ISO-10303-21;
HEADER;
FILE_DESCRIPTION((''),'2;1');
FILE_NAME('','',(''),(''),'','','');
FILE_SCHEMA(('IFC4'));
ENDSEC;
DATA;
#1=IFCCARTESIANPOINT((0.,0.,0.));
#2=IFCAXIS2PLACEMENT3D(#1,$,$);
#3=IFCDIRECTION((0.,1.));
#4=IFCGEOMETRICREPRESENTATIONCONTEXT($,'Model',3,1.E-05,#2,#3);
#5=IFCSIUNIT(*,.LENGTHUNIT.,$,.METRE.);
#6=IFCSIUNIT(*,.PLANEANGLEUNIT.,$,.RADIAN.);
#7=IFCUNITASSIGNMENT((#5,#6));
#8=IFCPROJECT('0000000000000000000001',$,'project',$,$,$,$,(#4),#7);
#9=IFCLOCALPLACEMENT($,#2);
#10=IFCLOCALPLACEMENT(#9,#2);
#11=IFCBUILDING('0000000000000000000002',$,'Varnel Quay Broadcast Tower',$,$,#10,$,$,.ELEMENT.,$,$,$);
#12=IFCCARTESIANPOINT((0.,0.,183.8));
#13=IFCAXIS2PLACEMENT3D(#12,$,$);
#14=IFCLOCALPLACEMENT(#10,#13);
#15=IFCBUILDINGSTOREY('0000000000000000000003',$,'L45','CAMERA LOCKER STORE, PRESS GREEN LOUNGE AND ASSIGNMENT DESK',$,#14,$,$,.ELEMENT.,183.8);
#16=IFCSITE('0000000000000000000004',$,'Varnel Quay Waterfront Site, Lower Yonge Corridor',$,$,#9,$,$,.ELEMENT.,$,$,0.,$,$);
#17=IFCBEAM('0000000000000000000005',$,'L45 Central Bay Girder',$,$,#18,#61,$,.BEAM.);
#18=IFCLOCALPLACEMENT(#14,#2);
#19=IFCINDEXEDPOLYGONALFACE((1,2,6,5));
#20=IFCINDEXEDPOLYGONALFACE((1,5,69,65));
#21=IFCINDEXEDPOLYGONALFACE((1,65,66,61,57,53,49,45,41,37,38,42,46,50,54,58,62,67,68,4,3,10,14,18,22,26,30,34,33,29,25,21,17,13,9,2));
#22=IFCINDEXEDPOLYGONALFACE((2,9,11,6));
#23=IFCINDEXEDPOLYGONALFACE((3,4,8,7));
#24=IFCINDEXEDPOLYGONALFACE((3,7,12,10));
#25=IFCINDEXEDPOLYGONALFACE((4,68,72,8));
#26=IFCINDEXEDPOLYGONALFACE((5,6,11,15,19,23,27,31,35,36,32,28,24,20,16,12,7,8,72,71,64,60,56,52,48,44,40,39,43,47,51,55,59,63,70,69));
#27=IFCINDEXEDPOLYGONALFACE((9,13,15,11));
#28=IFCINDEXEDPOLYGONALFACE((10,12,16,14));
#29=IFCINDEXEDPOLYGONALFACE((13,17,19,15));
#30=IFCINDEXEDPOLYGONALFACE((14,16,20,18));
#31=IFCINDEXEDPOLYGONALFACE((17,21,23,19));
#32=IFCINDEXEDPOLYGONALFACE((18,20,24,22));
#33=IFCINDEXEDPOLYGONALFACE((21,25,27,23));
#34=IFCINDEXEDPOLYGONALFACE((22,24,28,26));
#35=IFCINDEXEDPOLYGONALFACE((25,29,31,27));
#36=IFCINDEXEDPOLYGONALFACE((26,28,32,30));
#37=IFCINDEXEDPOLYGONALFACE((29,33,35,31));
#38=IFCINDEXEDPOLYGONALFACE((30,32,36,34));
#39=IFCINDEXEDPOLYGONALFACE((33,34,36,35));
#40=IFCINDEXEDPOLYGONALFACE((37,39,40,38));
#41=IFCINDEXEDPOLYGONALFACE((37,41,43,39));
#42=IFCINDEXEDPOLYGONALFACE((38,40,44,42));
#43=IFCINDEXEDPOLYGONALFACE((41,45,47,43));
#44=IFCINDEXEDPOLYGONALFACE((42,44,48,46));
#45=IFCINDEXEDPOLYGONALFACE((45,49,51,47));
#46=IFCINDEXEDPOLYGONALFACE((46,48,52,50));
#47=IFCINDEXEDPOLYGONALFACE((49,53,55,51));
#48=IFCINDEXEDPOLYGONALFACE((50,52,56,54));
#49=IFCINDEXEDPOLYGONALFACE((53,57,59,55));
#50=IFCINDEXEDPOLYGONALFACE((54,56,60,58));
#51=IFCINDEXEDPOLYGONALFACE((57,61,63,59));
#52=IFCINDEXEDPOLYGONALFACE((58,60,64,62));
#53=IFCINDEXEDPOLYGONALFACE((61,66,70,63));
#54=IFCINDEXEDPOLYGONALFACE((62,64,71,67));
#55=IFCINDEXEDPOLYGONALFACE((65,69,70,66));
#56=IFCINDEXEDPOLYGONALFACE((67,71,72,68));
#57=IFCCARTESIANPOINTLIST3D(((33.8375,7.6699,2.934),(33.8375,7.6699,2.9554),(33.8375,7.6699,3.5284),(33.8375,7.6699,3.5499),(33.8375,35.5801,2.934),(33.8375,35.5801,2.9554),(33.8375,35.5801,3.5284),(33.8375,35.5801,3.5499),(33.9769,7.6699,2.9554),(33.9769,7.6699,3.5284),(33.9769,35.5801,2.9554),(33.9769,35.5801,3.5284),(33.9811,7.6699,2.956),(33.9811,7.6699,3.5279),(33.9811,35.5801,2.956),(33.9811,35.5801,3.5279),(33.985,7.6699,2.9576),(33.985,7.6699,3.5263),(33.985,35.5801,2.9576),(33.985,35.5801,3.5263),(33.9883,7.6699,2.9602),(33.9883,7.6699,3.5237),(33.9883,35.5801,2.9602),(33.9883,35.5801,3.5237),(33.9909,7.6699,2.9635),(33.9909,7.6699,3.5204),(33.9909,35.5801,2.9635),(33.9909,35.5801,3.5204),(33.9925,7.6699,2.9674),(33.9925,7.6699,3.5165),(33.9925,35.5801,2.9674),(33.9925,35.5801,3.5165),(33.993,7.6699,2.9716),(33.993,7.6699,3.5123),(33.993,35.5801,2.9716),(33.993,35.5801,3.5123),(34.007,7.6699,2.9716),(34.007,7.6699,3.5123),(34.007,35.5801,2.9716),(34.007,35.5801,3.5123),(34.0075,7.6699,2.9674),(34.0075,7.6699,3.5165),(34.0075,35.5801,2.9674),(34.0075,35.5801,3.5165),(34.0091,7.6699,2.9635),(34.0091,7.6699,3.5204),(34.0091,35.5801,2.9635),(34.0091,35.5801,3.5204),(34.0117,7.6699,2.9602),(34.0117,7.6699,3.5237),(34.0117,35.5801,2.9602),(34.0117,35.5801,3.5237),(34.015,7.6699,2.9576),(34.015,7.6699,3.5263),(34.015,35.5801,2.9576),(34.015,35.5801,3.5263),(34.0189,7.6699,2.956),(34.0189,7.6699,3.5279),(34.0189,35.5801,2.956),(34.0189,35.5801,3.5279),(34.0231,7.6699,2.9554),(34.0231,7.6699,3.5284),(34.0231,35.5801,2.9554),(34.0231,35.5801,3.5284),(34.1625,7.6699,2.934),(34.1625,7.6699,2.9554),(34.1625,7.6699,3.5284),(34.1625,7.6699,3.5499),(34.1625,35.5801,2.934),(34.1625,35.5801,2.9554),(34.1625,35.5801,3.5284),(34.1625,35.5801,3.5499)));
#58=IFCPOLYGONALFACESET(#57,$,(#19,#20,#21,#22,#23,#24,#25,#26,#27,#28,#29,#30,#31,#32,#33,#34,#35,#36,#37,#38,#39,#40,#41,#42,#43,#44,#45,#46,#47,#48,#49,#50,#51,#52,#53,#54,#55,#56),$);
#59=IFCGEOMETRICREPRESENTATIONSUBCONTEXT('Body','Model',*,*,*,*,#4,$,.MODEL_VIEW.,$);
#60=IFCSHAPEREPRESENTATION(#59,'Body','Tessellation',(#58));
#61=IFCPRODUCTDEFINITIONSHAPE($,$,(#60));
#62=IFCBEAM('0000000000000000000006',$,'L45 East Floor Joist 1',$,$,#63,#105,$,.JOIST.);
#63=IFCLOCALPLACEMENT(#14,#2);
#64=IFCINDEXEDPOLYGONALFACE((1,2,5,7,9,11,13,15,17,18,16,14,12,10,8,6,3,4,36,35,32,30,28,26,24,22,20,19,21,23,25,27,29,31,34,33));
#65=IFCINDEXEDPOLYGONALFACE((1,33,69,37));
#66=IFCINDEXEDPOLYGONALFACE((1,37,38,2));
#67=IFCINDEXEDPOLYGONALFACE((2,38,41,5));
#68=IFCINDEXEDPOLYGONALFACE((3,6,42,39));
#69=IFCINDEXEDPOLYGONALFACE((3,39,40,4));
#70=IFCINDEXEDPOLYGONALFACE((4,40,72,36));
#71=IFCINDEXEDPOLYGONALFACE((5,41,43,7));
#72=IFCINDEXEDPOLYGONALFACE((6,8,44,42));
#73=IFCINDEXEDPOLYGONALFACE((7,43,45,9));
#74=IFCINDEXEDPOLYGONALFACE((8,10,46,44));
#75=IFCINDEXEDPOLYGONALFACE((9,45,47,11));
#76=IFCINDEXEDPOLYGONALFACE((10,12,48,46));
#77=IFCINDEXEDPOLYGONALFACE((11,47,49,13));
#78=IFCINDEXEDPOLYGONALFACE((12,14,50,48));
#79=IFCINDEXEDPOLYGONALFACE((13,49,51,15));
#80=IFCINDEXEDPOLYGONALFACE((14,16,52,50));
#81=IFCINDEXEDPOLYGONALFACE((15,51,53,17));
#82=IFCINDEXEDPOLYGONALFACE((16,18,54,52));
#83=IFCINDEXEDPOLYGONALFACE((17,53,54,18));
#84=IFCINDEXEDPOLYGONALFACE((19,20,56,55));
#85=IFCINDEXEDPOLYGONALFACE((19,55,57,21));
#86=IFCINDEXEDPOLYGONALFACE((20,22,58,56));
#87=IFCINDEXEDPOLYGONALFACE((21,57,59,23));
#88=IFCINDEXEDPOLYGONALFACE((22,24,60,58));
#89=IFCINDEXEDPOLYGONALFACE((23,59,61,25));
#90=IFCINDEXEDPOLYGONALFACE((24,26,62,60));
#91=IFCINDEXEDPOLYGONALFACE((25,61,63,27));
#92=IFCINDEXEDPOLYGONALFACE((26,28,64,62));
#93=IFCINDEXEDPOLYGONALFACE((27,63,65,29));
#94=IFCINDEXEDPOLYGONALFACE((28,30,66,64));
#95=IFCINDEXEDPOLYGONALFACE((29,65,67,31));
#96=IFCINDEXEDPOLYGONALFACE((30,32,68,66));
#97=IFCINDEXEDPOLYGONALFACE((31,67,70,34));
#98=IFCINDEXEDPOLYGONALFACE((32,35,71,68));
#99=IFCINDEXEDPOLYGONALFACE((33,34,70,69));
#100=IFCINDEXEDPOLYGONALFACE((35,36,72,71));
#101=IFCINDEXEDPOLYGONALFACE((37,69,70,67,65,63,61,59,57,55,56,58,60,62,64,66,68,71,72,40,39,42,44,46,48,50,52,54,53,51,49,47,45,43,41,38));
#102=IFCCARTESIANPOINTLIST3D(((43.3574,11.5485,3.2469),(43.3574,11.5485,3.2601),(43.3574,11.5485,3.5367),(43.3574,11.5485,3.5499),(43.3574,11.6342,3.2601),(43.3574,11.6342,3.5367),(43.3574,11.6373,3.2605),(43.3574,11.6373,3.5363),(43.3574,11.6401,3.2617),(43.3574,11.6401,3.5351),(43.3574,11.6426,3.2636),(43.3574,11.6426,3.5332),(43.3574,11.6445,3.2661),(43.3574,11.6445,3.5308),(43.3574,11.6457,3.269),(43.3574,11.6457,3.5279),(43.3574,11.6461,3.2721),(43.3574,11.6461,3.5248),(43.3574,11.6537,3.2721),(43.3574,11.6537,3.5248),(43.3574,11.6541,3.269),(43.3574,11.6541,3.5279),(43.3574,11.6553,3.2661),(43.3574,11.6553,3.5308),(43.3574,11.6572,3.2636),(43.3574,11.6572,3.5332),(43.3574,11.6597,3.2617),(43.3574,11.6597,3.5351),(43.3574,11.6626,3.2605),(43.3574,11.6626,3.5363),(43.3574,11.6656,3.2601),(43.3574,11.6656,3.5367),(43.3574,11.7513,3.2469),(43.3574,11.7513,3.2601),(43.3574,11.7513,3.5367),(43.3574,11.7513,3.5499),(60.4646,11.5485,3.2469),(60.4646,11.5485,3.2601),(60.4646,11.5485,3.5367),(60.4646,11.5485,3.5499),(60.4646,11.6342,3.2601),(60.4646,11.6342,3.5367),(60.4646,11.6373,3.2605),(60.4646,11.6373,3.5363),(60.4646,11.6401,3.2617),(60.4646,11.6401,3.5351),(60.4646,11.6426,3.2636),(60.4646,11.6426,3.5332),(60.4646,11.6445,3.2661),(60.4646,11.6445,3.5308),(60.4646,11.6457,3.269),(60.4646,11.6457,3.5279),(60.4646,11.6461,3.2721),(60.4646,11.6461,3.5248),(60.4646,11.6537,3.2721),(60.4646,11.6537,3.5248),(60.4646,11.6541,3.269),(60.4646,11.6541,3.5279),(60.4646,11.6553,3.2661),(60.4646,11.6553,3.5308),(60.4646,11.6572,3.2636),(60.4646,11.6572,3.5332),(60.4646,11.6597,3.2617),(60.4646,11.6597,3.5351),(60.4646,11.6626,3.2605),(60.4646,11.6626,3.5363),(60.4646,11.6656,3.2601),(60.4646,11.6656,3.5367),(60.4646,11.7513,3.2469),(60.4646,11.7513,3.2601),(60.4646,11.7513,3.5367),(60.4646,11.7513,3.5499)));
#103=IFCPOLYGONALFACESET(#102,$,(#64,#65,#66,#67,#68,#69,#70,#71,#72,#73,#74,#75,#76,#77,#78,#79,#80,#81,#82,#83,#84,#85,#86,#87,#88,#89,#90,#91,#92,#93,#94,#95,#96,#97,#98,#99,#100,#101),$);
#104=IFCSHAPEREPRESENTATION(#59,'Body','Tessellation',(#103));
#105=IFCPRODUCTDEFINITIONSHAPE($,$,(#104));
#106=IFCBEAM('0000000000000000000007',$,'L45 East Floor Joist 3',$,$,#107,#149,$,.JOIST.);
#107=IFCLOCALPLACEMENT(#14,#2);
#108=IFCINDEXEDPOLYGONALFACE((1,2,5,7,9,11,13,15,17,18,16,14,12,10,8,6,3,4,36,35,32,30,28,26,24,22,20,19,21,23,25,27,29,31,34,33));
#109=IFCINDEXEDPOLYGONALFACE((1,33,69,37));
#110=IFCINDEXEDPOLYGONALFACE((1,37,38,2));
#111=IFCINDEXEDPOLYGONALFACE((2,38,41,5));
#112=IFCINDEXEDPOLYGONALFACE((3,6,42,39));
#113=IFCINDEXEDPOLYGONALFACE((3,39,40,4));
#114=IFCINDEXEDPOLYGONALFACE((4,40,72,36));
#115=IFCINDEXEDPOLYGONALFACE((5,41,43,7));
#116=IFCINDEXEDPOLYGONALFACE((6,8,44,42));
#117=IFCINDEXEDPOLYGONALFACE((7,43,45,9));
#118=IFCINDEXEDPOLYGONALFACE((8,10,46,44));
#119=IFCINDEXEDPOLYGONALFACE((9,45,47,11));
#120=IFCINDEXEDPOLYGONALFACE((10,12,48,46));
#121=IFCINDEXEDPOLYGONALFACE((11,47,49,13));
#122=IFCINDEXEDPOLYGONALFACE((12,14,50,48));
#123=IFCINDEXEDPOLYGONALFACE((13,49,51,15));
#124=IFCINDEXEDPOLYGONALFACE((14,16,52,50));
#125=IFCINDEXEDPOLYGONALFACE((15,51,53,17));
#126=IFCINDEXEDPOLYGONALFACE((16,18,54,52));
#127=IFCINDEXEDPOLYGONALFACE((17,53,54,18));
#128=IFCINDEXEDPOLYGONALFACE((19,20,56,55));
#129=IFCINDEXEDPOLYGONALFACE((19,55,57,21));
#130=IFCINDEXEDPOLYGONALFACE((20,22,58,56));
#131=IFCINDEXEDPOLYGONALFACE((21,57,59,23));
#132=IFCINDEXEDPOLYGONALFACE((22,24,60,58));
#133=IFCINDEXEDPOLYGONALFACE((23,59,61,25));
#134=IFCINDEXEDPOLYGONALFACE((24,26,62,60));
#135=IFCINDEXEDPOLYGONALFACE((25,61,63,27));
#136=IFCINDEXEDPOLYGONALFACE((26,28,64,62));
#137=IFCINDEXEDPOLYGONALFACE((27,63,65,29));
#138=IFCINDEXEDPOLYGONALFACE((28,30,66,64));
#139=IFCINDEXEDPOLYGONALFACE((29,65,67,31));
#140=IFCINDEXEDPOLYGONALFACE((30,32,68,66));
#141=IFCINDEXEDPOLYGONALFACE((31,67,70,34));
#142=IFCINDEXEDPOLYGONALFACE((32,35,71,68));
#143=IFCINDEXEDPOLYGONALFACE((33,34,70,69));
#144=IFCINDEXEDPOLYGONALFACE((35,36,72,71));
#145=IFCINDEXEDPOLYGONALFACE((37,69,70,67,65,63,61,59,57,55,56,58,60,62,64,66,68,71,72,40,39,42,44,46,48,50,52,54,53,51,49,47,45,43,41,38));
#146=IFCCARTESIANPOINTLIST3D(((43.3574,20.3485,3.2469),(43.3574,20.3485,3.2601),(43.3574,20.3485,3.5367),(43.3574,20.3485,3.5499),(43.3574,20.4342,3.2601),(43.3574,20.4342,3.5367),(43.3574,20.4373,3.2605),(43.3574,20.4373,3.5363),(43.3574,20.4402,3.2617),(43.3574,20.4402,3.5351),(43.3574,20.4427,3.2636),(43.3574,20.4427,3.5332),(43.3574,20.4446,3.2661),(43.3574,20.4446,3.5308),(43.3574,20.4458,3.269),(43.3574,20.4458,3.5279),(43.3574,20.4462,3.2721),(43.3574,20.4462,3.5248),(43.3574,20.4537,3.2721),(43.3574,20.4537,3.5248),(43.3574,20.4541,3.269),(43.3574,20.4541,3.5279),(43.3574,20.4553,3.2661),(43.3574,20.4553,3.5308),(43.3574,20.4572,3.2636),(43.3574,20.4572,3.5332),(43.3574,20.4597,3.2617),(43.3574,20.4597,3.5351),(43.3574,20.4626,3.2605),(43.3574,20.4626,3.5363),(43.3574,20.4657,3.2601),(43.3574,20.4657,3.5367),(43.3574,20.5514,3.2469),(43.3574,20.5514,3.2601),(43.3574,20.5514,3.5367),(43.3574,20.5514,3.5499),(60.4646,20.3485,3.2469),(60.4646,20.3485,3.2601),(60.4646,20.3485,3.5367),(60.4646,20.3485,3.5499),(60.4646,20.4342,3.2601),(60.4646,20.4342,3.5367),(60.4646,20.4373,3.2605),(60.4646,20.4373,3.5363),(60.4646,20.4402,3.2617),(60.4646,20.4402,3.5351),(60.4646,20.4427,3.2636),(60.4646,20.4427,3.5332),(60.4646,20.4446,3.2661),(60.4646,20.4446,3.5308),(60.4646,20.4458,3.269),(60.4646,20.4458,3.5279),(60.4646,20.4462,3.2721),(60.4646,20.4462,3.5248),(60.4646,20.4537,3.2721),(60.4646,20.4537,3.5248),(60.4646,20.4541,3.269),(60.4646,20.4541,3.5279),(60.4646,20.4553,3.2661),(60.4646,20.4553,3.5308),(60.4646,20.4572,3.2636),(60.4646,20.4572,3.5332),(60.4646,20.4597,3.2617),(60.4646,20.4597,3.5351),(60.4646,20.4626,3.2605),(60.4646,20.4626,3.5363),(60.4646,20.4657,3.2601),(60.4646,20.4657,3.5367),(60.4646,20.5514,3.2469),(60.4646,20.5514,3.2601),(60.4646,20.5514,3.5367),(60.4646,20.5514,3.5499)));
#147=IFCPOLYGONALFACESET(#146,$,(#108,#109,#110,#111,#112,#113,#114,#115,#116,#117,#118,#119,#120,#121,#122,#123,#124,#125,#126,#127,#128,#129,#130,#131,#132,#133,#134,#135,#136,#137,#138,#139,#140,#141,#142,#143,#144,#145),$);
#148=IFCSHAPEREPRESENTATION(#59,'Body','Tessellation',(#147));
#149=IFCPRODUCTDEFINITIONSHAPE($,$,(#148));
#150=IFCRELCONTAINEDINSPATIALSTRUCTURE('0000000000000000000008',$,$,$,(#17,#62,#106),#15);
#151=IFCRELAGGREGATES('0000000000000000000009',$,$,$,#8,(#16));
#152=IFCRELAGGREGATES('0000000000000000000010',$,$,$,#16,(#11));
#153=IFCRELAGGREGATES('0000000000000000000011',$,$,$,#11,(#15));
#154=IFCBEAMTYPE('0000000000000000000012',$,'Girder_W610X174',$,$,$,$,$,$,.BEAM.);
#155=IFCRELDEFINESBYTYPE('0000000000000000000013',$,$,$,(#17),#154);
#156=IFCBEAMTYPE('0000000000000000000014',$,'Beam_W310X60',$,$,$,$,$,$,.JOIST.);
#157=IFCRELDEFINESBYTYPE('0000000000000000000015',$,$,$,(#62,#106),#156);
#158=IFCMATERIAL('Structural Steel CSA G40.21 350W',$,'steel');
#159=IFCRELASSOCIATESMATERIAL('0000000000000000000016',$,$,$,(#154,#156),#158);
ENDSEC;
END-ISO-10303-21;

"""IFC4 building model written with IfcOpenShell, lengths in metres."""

from ifc_helpers import new_model, si_unit, direction, frame, origin, origin_2d, place, context, subcontext, project, spatial, i_section, extrude, source, transform, mapped, material, material_profile, profile_set, type_object, type_shapes, element, save


model = new_model("IFC4")

# Units and contexts
model_context = context("Model", 3, precision=1e-05, world=origin(), true_north=direction((0.0, 1.0)))
body_context = subcontext(model_context, "Body", "Model", "MODEL_VIEW")
ifc_project = project(units=[si_unit("LENGTHUNIT", "METRE"), si_unit("PLANEANGLEUNIT", "RADIAN")], contexts=[model_context])

# Site, building, storey
site_placement = place(None, origin())
site = spatial("IfcSite", under=ifc_project, at=site_placement, Name="Varnel Quay Waterfront Site, Lower Yonge Corridor", CompositionType="ELEMENT", RefElevation=0.0)
building_placement = place(site_placement, origin())
building = spatial("IfcBuilding", under=site, at=building_placement, Name="Varnel Quay Broadcast Tower", CompositionType="ELEMENT")
storey_placement = place(building_placement, frame((0.0, 0.0, 183.8)))
storey = spatial("IfcBuildingStorey", under=building, at=storey_placement, Name="L45", Description="CAMERA LOCKER STORE, PRESS GREEN LOUNGE AND ASSIGNMENT DESK", CompositionType="ELEMENT", Elevation=183.8)

# Shared definitions
ifc_material_1 = material(Name="Structural Steel CSA G40.21 350W", Category="steel")

# Beams
ifc_material_profile_1 = material_profile(ifc_material_1, i_section(OverallWidth=0.325, OverallDepth=0.616, WebThickness=0.0139, FlangeThickness=0.0215, FilletRadius=0.0161, at=origin_2d()), Name="W610X174")
ifc_profile_set_1 = profile_set([ifc_material_profile_1], Name="Structural Steel CSA G40.21 350W")
beam_type_1 = type_object("IfcBeamType", Name="Girder_W610X174", PredefinedType="BEAM", material=ifc_profile_set_1)
shared_shape_1 = source(origin(), body_context, "Body", "SweptSolid", [
    extrude(i_section(OverallWidth=0.325, OverallDepth=0.616, WebThickness=0.0139, FlangeThickness=0.0215, FilletRadius=0.0161, at=origin_2d()), origin(), (0.0, 0.0, 1.0), 27.9102),
])
beam_1_placement = place(storey_placement, frame((34.0, 7.6699, 3.2419), z_axis=(0.0, 1.0, 0.0), x_axis=(-1.0, 0.0, 0.0)))
element("IfcBeam", 1, at=beam_1_placement, inside=storey, type_object=beam_type_1, Name="L45 Central Bay Girder", PredefinedType="BEAM", context=body_context, shape_type="MappedRepresentation", body=[
    mapped(shared_shape_1, transform((0.0, 0.0, 0.0), x_axis=(1.0, 0.0, 0.0), y_axis=(0.0, 1.0, 0.0), z_axis=(0.0, 0.0, 1.0), scale=1.0)),
])
ifc_material_profile_2 = material_profile(ifc_material_1, i_section(OverallWidth=0.2029, OverallDepth=0.303, WebThickness=0.0076, FlangeThickness=0.0132, FilletRadius=0.012, at=origin_2d()), Name="W310X60")
ifc_profile_set_2 = profile_set([ifc_material_profile_2], Name="Structural Steel CSA G40.21 350W")
beam_type_2 = type_object("IfcBeamType", Name="Beam_W310X60", PredefinedType="JOIST", material=ifc_profile_set_2)
shared_shape_2 = source(origin(), body_context, "Body", "SweptSolid", [
    extrude(i_section(OverallWidth=0.2029, OverallDepth=0.303, WebThickness=0.0076, FlangeThickness=0.0132, FilletRadius=0.012, at=origin_2d()), origin(), (0.0, 0.0, 1.0), 17.1072),
])
type_shapes(beam_type_2, [shared_shape_2])
for number, where, z_axis, x_axis, name in (
    (2, (43.3574, 11.6499, 3.3984), (1.0, 0.0, 0.0), (0.0, 1.0, 0.0), "L45 East Floor Joist 1"),
    (3, (43.3574, 20.45, 3.3984), (1.0, 0.0, 0.0), (0.0, 1.0, 0.0), "L45 East Floor Joist 3"),
):
    element("IfcBeam", number, at=place(storey_placement, frame(where, z_axis=z_axis, x_axis=x_axis)), inside=storey, type_object=beam_type_2, Name=name, PredefinedType="JOIST", context=body_context, shape_type="MappedRepresentation", body=[
        mapped(shared_shape_2, transform((0.0, 0.0, 0.0), x_axis=(1.0, 0.0, 0.0), y_axis=(0.0, 1.0, 0.0), z_axis=(0.0, 0.0, 1.0), scale=1.0)),
    ])

save(model, "model.ifc")
